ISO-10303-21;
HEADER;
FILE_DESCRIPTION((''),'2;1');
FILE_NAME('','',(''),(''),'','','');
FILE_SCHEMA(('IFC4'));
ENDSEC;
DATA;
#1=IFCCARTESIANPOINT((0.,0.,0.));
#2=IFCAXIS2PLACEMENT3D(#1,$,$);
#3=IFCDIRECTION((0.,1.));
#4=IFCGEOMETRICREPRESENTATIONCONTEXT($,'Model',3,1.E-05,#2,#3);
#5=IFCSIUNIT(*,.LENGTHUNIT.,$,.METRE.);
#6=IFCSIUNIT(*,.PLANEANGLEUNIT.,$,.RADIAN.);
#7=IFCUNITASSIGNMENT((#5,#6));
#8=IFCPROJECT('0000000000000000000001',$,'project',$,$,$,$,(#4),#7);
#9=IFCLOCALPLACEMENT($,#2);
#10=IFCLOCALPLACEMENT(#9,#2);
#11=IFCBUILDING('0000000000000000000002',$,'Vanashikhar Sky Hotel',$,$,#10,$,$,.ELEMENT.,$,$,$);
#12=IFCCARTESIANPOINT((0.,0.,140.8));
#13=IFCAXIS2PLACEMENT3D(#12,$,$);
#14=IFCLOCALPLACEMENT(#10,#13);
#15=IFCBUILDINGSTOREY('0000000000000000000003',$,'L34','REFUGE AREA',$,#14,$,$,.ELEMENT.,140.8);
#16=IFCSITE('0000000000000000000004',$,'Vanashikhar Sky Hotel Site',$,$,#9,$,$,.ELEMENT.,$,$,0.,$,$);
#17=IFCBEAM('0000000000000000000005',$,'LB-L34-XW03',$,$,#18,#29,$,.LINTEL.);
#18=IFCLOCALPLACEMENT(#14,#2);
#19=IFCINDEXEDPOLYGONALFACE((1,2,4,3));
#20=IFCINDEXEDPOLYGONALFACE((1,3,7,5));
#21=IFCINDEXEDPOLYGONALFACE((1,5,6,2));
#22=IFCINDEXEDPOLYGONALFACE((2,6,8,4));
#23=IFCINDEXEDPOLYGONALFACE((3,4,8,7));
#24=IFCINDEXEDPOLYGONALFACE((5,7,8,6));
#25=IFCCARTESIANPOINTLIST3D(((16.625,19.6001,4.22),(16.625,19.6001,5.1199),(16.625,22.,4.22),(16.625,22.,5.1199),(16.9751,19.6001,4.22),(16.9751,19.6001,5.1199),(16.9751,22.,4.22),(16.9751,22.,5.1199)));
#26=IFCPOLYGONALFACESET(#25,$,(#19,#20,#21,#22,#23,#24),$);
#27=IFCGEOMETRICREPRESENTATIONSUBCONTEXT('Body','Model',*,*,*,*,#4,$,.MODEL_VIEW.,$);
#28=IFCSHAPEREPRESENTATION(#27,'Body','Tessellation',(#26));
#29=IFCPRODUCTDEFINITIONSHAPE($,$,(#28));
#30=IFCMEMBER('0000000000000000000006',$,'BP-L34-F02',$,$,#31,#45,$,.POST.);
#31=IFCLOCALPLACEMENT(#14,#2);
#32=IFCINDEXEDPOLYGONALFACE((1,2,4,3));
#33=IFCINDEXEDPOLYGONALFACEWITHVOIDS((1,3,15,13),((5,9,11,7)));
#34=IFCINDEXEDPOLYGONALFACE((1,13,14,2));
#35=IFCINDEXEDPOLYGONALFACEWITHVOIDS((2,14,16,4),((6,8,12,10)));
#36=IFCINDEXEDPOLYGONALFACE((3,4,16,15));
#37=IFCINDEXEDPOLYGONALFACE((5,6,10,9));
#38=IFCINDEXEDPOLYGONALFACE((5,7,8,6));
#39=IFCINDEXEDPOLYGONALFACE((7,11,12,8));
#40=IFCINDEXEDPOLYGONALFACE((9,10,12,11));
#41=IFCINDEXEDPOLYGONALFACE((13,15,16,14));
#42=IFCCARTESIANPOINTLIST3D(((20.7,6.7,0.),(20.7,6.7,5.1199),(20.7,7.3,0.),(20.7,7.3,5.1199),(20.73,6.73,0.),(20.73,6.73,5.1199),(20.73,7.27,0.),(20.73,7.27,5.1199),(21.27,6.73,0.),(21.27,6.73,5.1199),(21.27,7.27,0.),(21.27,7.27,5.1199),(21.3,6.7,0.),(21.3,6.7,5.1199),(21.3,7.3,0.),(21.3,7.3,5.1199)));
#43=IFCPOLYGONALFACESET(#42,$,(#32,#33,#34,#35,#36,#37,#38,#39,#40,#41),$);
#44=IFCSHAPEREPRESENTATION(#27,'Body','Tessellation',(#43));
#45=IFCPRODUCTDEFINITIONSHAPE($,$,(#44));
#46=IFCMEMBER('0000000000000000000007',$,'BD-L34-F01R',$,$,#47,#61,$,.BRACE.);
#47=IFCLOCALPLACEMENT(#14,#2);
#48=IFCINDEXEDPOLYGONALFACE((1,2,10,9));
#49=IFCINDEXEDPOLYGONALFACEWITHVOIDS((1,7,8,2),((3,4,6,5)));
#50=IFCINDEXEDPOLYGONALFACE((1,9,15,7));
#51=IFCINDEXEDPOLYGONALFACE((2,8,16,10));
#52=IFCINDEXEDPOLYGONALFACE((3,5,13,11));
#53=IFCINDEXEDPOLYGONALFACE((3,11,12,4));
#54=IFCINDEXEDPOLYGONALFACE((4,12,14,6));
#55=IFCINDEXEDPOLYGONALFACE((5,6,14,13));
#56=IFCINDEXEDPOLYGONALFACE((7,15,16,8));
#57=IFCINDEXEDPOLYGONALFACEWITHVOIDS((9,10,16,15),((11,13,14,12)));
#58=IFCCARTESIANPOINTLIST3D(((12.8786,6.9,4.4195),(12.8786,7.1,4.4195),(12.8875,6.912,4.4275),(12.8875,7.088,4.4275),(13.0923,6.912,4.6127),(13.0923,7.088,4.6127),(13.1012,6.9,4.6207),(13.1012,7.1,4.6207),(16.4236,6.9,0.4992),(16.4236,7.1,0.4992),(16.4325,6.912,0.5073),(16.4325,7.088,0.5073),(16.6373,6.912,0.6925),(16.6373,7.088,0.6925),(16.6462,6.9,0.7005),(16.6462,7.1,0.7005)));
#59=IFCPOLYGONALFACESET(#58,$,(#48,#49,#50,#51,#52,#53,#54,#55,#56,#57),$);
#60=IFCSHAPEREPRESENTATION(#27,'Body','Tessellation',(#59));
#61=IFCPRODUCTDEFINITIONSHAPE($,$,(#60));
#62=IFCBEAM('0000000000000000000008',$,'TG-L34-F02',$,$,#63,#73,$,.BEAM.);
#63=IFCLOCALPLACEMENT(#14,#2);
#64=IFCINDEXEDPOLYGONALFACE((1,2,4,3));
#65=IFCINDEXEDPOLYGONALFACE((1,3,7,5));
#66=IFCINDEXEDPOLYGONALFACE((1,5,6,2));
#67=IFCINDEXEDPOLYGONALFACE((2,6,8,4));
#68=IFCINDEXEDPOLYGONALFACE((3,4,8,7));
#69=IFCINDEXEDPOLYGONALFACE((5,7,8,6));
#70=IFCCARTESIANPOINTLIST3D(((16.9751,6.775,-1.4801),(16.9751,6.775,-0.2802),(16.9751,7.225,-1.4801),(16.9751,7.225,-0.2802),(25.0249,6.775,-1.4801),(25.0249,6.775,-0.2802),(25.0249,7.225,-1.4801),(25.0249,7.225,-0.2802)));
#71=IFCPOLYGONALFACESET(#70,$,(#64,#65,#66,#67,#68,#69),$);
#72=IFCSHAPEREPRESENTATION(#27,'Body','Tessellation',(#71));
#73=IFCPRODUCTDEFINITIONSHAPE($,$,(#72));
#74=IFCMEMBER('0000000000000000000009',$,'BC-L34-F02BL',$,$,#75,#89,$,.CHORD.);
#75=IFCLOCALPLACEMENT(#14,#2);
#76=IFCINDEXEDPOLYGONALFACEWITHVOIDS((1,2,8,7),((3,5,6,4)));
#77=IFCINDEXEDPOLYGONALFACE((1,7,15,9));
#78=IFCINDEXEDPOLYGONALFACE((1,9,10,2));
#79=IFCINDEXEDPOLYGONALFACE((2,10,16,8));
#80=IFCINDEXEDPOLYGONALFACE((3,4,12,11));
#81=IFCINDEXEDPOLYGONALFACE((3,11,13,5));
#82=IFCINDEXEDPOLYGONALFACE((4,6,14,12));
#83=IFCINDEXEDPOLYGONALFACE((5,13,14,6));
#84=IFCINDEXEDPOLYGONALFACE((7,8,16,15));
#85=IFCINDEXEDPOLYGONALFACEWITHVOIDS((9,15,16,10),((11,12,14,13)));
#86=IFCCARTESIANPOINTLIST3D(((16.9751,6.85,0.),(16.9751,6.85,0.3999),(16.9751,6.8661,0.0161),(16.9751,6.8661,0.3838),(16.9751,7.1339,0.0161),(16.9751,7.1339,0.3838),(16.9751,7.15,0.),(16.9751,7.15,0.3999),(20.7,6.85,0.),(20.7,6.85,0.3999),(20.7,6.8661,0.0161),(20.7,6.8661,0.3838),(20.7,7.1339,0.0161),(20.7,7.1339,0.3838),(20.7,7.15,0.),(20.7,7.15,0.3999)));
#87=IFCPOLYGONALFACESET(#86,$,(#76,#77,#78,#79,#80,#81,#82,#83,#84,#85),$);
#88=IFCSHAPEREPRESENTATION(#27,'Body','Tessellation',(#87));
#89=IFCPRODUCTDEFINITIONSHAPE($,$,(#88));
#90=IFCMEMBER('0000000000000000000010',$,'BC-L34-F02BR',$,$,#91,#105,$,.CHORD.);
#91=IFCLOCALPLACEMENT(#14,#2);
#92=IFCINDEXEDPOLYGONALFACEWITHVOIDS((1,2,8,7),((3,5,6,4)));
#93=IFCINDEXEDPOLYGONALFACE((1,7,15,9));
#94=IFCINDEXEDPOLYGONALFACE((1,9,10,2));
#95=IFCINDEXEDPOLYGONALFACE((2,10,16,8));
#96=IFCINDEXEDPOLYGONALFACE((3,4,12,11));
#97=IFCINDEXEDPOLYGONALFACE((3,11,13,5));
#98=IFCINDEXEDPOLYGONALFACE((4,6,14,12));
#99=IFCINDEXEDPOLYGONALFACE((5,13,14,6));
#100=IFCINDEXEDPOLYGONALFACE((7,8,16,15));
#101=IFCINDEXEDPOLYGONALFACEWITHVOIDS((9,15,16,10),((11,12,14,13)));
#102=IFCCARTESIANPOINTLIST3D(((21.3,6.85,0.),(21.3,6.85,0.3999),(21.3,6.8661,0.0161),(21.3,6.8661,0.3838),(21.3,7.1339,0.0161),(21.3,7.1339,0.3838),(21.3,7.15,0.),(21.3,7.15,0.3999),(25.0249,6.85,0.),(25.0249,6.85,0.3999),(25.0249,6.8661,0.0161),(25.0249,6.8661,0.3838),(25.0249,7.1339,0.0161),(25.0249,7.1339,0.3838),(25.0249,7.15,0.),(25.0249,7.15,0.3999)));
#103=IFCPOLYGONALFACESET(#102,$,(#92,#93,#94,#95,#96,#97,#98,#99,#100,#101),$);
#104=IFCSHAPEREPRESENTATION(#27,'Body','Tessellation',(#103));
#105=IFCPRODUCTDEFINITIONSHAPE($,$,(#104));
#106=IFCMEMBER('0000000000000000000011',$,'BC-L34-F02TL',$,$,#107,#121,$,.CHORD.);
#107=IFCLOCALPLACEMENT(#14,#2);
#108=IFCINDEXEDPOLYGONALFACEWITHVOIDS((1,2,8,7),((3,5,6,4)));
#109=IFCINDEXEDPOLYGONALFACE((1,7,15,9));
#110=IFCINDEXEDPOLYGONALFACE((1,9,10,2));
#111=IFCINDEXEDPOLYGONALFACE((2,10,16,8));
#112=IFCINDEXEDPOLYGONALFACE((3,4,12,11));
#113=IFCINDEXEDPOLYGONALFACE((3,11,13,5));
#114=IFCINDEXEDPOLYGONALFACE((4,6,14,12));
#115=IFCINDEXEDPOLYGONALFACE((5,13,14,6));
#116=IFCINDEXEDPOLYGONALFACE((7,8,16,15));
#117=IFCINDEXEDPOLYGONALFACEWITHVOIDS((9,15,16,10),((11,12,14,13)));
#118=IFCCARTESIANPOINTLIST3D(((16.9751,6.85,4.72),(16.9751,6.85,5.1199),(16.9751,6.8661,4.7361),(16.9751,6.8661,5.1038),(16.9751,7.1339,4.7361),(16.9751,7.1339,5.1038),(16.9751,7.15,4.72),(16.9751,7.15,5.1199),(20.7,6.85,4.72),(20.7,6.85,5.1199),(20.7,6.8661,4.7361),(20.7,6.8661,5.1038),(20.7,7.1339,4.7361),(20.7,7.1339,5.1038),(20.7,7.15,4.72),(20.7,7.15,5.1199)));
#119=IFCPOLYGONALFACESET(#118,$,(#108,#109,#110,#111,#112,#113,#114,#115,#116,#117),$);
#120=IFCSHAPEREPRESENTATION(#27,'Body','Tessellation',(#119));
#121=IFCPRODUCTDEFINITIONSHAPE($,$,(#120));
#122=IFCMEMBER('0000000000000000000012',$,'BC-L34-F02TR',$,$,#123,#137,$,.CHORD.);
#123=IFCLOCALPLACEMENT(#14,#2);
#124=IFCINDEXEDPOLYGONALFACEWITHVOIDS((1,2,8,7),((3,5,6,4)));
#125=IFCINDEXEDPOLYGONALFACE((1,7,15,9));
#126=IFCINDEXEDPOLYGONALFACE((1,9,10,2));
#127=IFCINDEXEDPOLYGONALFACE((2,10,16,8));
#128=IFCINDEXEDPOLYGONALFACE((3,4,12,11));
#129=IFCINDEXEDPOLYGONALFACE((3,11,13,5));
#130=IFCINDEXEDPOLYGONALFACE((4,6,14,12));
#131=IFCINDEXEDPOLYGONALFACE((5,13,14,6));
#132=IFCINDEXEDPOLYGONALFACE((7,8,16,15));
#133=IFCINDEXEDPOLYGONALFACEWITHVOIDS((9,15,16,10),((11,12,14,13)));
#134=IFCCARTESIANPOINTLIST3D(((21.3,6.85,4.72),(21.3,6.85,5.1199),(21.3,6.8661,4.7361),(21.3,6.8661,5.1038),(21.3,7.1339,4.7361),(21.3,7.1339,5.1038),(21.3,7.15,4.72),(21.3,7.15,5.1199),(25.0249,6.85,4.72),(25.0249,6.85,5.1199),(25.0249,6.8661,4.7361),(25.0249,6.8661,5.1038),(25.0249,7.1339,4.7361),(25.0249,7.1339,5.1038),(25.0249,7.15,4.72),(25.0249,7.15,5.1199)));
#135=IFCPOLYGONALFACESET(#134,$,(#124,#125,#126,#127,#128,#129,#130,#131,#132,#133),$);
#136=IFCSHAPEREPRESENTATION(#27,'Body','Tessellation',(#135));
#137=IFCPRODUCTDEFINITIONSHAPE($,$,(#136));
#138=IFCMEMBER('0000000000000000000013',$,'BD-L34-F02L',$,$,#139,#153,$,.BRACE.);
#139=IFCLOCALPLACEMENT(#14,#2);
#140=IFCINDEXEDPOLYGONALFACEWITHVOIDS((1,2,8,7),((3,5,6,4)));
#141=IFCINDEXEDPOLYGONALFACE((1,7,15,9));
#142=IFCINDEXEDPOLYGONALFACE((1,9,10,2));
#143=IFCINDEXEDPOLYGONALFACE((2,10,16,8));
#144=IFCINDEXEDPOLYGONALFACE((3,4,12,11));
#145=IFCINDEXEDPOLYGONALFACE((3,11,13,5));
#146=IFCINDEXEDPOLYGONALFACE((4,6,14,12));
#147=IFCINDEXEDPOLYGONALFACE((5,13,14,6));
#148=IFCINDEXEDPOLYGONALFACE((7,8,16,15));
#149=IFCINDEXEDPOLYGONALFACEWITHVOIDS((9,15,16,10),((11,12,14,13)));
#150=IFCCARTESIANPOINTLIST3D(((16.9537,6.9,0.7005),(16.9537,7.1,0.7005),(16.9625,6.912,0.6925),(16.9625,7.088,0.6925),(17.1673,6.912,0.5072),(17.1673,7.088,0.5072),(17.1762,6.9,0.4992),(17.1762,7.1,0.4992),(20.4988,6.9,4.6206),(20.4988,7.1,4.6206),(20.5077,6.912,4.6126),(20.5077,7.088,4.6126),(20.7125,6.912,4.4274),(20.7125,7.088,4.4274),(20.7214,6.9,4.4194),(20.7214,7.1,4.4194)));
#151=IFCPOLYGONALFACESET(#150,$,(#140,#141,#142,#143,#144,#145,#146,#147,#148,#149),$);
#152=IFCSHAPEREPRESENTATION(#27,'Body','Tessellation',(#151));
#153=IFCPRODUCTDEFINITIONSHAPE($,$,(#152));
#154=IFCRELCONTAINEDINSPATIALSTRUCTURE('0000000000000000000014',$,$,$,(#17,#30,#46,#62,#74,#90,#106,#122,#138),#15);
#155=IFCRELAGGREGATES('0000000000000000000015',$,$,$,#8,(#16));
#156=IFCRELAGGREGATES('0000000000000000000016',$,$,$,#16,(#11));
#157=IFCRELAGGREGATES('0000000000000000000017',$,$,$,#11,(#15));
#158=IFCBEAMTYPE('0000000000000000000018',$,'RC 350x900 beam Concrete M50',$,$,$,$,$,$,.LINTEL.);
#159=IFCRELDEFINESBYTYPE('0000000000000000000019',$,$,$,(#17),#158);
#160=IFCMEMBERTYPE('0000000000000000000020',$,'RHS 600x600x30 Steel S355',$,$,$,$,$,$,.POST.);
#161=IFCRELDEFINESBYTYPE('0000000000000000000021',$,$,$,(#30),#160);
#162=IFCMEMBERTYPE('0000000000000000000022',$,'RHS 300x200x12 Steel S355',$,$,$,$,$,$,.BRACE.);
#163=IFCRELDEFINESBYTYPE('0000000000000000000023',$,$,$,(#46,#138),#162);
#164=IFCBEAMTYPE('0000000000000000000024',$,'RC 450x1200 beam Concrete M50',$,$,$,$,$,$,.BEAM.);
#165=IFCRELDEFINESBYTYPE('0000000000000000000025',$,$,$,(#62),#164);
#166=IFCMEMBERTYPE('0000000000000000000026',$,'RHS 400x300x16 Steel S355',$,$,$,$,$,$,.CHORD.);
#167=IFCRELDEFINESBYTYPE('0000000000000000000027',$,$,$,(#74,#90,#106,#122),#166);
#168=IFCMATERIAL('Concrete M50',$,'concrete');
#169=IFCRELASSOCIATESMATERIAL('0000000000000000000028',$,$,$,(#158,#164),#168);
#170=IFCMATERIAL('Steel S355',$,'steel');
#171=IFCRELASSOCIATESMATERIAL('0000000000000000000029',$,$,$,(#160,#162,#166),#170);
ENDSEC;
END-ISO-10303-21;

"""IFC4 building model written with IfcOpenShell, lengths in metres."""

from ifc_helpers import new_model, si_unit, direction, frame, origin, origin_2d, place, context, subcontext, project, spatial, rectangle, hollow_rectangle, extrude, source, transform, mapped, material, material_profile, profile_set, type_object, element, save


model = new_model("IFC4")

# Units and contexts
model_context = context("Model", 3, precision=1e-05, world=origin(), true_north=direction((0.0, 1.0)))
body_context = subcontext(model_context, "Body", "Model", "MODEL_VIEW")
ifc_project = project(units=[si_unit("LENGTHUNIT", "METRE"), si_unit("PLANEANGLEUNIT", "RADIAN")], contexts=[model_context])

# Site, building, storey
site_placement = place(None, origin())
site = spatial("IfcSite", under=ifc_project, at=site_placement, Name="Vanashikhar Sky Hotel Site", CompositionType="ELEMENT", RefElevation=0.0)
building_placement = place(site_placement, origin())
building = spatial("IfcBuilding", under=site, at=building_placement, Name="Vanashikhar Sky Hotel", CompositionType="ELEMENT")
storey_placement = place(building_placement, frame((0.0, 0.0, 140.8)))
storey = spatial("IfcBuildingStorey", under=building, at=storey_placement, Name="L34", Description="REFUGE AREA", CompositionType="ELEMENT", Elevation=140.8)

# Beam
ifc_material_1 = material(Name="Concrete M50", Category="concrete")
ifc_material_profile_1 = material_profile(ifc_material_1, rectangle(XDim=0.3501, YDim=0.8999, at=origin_2d()))
ifc_profile_set_1 = profile_set([ifc_material_profile_1], Name="RC 350x900 beam Concrete M50")
beam_type_1 = type_object("IfcBeamType", Name="RC 350x900 beam Concrete M50", PredefinedType="LINTEL", material=ifc_profile_set_1)
shared_shape_1 = source(origin(), body_context, "Body", "SweptSolid", [
    extrude(rectangle(XDim=0.3501, YDim=0.8999, at=origin_2d()), origin(), (0.0, 0.0, 1.0), 2.3999),
])
beam_1_placement = place(storey_placement, frame((16.8, 19.6001, 4.6699), z_axis=(0.0, 1.0, 0.0), x_axis=(-1.0, 0.0, 0.0)))
element("IfcBeam", 1, at=beam_1_placement, inside=storey, type_object=beam_type_1, Name="LB-L34-XW03", PredefinedType="LINTEL", context=body_context, shape_type="MappedRepresentation", body=[
    mapped(shared_shape_1, transform((0.0, 0.0, 0.0), scale=1.0)),
])

# Members
ifc_material_2 = material(Name="Steel S355", Category="steel")
ifc_material_profile_2 = material_profile(ifc_material_2, hollow_rectangle(XDim=0.6001, YDim=0.6001, WallThickness=0.03, at=origin_2d()))
ifc_profile_set_2 = profile_set([ifc_material_profile_2], Name="RHS 600x600x30 Steel S355")
member_type_1 = type_object("IfcMemberType", Name="RHS 600x600x30 Steel S355", PredefinedType="POST", material=ifc_profile_set_2)
shared_shape_2 = source(origin(), body_context, "Body", "SweptSolid", [
    extrude(hollow_rectangle(XDim=0.6001, YDim=0.6001, WallThickness=0.03, at=origin_2d()), origin(), (0.0, 0.0, 1.0), 5.1199),
])
member_1_placement = place(storey_placement, frame((21.0, 7.0, 0.0), z_axis=(0.0, 0.0, 1.0), x_axis=(1.0, 0.0, 0.0)))
element("IfcMember", 2, at=member_1_placement, inside=storey, type_object=member_type_1, Name="BP-L34-F02", PredefinedType="POST", context=body_context, shape_type="MappedRepresentation", body=[
    mapped(shared_shape_2, transform((0.0, 0.0, 0.0), scale=1.0)),
])
ifc_material_profile_3 = material_profile(ifc_material_2, hollow_rectangle(XDim=0.2, YDim=0.3, WallThickness=0.012, at=origin_2d()))
ifc_profile_set_3 = profile_set([ifc_material_profile_3], Name="RHS 300x200x12 Steel S355")
member_type_2 = type_object("IfcMemberType", Name="RHS 300x200x12 Steel S355", PredefinedType="BRACE", material=ifc_profile_set_3)
shared_shape_3 = source(origin(), body_context, "Body", "SweptSolid", [
    extrude(hollow_rectangle(XDim=0.2, YDim=0.3, WallThickness=0.012, at=origin_2d()), origin(), (0.0, 0.0, 1.0), 5.2854),
])
member_2_placement = place(storey_placement, frame((16.5349, 7.0, 0.5999), z_axis=(-0.670716, 0.0, 0.741714), x_axis=(0.0, -1.0, 0.0)))
element("IfcMember", 3, at=member_2_placement, inside=storey, type_object=member_type_2, Name="BD-L34-F01R", PredefinedType="BRACE", context=body_context, shape_type="MappedRepresentation", body=[
    mapped(shared_shape_3, transform((0.0, 0.0, 0.0), scale=1.0)),
])

# Beam
ifc_material_profile_4 = material_profile(ifc_material_1, rectangle(XDim=0.45, YDim=1.2, at=origin_2d()))
ifc_profile_set_4 = profile_set([ifc_material_profile_4], Name="RC 450x1200 beam Concrete M50")
beam_type_2 = type_object("IfcBeamType", Name="RC 450x1200 beam Concrete M50", PredefinedType="BEAM", material=ifc_profile_set_4)
shared_shape_4 = source(origin(), body_context, "Body", "SweptSolid", [
    extrude(rectangle(XDim=0.45, YDim=1.2, at=origin_2d()), origin(), (0.0, 0.0, 1.0), 8.0498),
])
beam_2_placement = place(storey_placement, frame((16.9751, 7.0, -0.8801), z_axis=(1.0, 0.0, 0.0), x_axis=(0.0, 1.0, 0.0)))
element("IfcBeam", 4, at=beam_2_placement, inside=storey, type_object=beam_type_2, Name="TG-L34-F02", PredefinedType="BEAM", context=body_context, shape_type="MappedRepresentation", body=[
    mapped(shared_shape_4, transform((0.0, 0.0, 0.0), scale=1.0)),
])

# Members
ifc_material_profile_5 = material_profile(ifc_material_2, hollow_rectangle(XDim=0.3, YDim=0.3999, WallThickness=0.0161, at=origin_2d()))
ifc_profile_set_5 = profile_set([ifc_material_profile_5], Name="RHS 400x300x16 Steel S355")
member_type_3 = type_object("IfcMemberType", Name="RHS 400x300x16 Steel S355", PredefinedType="CHORD", material=ifc_profile_set_5)
shared_shape_5 = source(origin(), body_context, "Body", "SweptSolid", [
    extrude(hollow_rectangle(XDim=0.3, YDim=0.3999, WallThickness=0.0161, at=origin_2d()), origin(), (0.0, 0.0, 1.0), 3.7249),
])
for number, where, z_axis, x_axis, name in (
    (5, (16.9751, 7.0, 0.2), (1.0, 0.0, 0.0), (0.0, 1.0, 0.0), "BC-L34-F02BL"),
    (6, (21.3, 7.0, 0.2), (1.0, 0.0, 0.0), (0.0, 1.0, 0.0), "BC-L34-F02BR"),
    (7, (16.9751, 7.0, 4.9199), (1.0, 0.0, 0.0), (0.0, 1.0, 0.0), "BC-L34-F02TL"),
    (8, (21.3, 7.0, 4.9199), (1.0, 0.0, 0.0), (0.0, 1.0, 0.0), "BC-L34-F02TR"),
):
    element("IfcMember", number, at=place(storey_placement, frame(where, z_axis=z_axis, x_axis=x_axis)), inside=storey, type_object=member_type_3, Name=name, PredefinedType="CHORD", context=body_context, shape_type="MappedRepresentation", body=[
        mapped(shared_shape_5, transform((0.0, 0.0, 0.0), scale=1.0)),
    ])
shared_shape_6 = source(origin(), body_context, "Body", "SweptSolid", [
    extrude(hollow_rectangle(XDim=0.2, YDim=0.3, WallThickness=0.012, at=origin_2d()), origin(), (0.0, 0.0, 1.0), 5.2854),
])
member_3_placement = place(storey_placement, frame((17.0649, 7.0, 0.5999), z_axis=(0.670742, 0.0, 0.741691), x_axis=(0.0, 1.0, 0.0)))
element("IfcMember", 9, at=member_3_placement, inside=storey, type_object=member_type_2, Name="BD-L34-F02L", PredefinedType="BRACE", context=body_context, shape_type="MappedRepresentation", body=[
    mapped(shared_shape_6, transform((0.0, 0.0, 0.0), scale=1.0)),
])

save(model, "model.ifc")
